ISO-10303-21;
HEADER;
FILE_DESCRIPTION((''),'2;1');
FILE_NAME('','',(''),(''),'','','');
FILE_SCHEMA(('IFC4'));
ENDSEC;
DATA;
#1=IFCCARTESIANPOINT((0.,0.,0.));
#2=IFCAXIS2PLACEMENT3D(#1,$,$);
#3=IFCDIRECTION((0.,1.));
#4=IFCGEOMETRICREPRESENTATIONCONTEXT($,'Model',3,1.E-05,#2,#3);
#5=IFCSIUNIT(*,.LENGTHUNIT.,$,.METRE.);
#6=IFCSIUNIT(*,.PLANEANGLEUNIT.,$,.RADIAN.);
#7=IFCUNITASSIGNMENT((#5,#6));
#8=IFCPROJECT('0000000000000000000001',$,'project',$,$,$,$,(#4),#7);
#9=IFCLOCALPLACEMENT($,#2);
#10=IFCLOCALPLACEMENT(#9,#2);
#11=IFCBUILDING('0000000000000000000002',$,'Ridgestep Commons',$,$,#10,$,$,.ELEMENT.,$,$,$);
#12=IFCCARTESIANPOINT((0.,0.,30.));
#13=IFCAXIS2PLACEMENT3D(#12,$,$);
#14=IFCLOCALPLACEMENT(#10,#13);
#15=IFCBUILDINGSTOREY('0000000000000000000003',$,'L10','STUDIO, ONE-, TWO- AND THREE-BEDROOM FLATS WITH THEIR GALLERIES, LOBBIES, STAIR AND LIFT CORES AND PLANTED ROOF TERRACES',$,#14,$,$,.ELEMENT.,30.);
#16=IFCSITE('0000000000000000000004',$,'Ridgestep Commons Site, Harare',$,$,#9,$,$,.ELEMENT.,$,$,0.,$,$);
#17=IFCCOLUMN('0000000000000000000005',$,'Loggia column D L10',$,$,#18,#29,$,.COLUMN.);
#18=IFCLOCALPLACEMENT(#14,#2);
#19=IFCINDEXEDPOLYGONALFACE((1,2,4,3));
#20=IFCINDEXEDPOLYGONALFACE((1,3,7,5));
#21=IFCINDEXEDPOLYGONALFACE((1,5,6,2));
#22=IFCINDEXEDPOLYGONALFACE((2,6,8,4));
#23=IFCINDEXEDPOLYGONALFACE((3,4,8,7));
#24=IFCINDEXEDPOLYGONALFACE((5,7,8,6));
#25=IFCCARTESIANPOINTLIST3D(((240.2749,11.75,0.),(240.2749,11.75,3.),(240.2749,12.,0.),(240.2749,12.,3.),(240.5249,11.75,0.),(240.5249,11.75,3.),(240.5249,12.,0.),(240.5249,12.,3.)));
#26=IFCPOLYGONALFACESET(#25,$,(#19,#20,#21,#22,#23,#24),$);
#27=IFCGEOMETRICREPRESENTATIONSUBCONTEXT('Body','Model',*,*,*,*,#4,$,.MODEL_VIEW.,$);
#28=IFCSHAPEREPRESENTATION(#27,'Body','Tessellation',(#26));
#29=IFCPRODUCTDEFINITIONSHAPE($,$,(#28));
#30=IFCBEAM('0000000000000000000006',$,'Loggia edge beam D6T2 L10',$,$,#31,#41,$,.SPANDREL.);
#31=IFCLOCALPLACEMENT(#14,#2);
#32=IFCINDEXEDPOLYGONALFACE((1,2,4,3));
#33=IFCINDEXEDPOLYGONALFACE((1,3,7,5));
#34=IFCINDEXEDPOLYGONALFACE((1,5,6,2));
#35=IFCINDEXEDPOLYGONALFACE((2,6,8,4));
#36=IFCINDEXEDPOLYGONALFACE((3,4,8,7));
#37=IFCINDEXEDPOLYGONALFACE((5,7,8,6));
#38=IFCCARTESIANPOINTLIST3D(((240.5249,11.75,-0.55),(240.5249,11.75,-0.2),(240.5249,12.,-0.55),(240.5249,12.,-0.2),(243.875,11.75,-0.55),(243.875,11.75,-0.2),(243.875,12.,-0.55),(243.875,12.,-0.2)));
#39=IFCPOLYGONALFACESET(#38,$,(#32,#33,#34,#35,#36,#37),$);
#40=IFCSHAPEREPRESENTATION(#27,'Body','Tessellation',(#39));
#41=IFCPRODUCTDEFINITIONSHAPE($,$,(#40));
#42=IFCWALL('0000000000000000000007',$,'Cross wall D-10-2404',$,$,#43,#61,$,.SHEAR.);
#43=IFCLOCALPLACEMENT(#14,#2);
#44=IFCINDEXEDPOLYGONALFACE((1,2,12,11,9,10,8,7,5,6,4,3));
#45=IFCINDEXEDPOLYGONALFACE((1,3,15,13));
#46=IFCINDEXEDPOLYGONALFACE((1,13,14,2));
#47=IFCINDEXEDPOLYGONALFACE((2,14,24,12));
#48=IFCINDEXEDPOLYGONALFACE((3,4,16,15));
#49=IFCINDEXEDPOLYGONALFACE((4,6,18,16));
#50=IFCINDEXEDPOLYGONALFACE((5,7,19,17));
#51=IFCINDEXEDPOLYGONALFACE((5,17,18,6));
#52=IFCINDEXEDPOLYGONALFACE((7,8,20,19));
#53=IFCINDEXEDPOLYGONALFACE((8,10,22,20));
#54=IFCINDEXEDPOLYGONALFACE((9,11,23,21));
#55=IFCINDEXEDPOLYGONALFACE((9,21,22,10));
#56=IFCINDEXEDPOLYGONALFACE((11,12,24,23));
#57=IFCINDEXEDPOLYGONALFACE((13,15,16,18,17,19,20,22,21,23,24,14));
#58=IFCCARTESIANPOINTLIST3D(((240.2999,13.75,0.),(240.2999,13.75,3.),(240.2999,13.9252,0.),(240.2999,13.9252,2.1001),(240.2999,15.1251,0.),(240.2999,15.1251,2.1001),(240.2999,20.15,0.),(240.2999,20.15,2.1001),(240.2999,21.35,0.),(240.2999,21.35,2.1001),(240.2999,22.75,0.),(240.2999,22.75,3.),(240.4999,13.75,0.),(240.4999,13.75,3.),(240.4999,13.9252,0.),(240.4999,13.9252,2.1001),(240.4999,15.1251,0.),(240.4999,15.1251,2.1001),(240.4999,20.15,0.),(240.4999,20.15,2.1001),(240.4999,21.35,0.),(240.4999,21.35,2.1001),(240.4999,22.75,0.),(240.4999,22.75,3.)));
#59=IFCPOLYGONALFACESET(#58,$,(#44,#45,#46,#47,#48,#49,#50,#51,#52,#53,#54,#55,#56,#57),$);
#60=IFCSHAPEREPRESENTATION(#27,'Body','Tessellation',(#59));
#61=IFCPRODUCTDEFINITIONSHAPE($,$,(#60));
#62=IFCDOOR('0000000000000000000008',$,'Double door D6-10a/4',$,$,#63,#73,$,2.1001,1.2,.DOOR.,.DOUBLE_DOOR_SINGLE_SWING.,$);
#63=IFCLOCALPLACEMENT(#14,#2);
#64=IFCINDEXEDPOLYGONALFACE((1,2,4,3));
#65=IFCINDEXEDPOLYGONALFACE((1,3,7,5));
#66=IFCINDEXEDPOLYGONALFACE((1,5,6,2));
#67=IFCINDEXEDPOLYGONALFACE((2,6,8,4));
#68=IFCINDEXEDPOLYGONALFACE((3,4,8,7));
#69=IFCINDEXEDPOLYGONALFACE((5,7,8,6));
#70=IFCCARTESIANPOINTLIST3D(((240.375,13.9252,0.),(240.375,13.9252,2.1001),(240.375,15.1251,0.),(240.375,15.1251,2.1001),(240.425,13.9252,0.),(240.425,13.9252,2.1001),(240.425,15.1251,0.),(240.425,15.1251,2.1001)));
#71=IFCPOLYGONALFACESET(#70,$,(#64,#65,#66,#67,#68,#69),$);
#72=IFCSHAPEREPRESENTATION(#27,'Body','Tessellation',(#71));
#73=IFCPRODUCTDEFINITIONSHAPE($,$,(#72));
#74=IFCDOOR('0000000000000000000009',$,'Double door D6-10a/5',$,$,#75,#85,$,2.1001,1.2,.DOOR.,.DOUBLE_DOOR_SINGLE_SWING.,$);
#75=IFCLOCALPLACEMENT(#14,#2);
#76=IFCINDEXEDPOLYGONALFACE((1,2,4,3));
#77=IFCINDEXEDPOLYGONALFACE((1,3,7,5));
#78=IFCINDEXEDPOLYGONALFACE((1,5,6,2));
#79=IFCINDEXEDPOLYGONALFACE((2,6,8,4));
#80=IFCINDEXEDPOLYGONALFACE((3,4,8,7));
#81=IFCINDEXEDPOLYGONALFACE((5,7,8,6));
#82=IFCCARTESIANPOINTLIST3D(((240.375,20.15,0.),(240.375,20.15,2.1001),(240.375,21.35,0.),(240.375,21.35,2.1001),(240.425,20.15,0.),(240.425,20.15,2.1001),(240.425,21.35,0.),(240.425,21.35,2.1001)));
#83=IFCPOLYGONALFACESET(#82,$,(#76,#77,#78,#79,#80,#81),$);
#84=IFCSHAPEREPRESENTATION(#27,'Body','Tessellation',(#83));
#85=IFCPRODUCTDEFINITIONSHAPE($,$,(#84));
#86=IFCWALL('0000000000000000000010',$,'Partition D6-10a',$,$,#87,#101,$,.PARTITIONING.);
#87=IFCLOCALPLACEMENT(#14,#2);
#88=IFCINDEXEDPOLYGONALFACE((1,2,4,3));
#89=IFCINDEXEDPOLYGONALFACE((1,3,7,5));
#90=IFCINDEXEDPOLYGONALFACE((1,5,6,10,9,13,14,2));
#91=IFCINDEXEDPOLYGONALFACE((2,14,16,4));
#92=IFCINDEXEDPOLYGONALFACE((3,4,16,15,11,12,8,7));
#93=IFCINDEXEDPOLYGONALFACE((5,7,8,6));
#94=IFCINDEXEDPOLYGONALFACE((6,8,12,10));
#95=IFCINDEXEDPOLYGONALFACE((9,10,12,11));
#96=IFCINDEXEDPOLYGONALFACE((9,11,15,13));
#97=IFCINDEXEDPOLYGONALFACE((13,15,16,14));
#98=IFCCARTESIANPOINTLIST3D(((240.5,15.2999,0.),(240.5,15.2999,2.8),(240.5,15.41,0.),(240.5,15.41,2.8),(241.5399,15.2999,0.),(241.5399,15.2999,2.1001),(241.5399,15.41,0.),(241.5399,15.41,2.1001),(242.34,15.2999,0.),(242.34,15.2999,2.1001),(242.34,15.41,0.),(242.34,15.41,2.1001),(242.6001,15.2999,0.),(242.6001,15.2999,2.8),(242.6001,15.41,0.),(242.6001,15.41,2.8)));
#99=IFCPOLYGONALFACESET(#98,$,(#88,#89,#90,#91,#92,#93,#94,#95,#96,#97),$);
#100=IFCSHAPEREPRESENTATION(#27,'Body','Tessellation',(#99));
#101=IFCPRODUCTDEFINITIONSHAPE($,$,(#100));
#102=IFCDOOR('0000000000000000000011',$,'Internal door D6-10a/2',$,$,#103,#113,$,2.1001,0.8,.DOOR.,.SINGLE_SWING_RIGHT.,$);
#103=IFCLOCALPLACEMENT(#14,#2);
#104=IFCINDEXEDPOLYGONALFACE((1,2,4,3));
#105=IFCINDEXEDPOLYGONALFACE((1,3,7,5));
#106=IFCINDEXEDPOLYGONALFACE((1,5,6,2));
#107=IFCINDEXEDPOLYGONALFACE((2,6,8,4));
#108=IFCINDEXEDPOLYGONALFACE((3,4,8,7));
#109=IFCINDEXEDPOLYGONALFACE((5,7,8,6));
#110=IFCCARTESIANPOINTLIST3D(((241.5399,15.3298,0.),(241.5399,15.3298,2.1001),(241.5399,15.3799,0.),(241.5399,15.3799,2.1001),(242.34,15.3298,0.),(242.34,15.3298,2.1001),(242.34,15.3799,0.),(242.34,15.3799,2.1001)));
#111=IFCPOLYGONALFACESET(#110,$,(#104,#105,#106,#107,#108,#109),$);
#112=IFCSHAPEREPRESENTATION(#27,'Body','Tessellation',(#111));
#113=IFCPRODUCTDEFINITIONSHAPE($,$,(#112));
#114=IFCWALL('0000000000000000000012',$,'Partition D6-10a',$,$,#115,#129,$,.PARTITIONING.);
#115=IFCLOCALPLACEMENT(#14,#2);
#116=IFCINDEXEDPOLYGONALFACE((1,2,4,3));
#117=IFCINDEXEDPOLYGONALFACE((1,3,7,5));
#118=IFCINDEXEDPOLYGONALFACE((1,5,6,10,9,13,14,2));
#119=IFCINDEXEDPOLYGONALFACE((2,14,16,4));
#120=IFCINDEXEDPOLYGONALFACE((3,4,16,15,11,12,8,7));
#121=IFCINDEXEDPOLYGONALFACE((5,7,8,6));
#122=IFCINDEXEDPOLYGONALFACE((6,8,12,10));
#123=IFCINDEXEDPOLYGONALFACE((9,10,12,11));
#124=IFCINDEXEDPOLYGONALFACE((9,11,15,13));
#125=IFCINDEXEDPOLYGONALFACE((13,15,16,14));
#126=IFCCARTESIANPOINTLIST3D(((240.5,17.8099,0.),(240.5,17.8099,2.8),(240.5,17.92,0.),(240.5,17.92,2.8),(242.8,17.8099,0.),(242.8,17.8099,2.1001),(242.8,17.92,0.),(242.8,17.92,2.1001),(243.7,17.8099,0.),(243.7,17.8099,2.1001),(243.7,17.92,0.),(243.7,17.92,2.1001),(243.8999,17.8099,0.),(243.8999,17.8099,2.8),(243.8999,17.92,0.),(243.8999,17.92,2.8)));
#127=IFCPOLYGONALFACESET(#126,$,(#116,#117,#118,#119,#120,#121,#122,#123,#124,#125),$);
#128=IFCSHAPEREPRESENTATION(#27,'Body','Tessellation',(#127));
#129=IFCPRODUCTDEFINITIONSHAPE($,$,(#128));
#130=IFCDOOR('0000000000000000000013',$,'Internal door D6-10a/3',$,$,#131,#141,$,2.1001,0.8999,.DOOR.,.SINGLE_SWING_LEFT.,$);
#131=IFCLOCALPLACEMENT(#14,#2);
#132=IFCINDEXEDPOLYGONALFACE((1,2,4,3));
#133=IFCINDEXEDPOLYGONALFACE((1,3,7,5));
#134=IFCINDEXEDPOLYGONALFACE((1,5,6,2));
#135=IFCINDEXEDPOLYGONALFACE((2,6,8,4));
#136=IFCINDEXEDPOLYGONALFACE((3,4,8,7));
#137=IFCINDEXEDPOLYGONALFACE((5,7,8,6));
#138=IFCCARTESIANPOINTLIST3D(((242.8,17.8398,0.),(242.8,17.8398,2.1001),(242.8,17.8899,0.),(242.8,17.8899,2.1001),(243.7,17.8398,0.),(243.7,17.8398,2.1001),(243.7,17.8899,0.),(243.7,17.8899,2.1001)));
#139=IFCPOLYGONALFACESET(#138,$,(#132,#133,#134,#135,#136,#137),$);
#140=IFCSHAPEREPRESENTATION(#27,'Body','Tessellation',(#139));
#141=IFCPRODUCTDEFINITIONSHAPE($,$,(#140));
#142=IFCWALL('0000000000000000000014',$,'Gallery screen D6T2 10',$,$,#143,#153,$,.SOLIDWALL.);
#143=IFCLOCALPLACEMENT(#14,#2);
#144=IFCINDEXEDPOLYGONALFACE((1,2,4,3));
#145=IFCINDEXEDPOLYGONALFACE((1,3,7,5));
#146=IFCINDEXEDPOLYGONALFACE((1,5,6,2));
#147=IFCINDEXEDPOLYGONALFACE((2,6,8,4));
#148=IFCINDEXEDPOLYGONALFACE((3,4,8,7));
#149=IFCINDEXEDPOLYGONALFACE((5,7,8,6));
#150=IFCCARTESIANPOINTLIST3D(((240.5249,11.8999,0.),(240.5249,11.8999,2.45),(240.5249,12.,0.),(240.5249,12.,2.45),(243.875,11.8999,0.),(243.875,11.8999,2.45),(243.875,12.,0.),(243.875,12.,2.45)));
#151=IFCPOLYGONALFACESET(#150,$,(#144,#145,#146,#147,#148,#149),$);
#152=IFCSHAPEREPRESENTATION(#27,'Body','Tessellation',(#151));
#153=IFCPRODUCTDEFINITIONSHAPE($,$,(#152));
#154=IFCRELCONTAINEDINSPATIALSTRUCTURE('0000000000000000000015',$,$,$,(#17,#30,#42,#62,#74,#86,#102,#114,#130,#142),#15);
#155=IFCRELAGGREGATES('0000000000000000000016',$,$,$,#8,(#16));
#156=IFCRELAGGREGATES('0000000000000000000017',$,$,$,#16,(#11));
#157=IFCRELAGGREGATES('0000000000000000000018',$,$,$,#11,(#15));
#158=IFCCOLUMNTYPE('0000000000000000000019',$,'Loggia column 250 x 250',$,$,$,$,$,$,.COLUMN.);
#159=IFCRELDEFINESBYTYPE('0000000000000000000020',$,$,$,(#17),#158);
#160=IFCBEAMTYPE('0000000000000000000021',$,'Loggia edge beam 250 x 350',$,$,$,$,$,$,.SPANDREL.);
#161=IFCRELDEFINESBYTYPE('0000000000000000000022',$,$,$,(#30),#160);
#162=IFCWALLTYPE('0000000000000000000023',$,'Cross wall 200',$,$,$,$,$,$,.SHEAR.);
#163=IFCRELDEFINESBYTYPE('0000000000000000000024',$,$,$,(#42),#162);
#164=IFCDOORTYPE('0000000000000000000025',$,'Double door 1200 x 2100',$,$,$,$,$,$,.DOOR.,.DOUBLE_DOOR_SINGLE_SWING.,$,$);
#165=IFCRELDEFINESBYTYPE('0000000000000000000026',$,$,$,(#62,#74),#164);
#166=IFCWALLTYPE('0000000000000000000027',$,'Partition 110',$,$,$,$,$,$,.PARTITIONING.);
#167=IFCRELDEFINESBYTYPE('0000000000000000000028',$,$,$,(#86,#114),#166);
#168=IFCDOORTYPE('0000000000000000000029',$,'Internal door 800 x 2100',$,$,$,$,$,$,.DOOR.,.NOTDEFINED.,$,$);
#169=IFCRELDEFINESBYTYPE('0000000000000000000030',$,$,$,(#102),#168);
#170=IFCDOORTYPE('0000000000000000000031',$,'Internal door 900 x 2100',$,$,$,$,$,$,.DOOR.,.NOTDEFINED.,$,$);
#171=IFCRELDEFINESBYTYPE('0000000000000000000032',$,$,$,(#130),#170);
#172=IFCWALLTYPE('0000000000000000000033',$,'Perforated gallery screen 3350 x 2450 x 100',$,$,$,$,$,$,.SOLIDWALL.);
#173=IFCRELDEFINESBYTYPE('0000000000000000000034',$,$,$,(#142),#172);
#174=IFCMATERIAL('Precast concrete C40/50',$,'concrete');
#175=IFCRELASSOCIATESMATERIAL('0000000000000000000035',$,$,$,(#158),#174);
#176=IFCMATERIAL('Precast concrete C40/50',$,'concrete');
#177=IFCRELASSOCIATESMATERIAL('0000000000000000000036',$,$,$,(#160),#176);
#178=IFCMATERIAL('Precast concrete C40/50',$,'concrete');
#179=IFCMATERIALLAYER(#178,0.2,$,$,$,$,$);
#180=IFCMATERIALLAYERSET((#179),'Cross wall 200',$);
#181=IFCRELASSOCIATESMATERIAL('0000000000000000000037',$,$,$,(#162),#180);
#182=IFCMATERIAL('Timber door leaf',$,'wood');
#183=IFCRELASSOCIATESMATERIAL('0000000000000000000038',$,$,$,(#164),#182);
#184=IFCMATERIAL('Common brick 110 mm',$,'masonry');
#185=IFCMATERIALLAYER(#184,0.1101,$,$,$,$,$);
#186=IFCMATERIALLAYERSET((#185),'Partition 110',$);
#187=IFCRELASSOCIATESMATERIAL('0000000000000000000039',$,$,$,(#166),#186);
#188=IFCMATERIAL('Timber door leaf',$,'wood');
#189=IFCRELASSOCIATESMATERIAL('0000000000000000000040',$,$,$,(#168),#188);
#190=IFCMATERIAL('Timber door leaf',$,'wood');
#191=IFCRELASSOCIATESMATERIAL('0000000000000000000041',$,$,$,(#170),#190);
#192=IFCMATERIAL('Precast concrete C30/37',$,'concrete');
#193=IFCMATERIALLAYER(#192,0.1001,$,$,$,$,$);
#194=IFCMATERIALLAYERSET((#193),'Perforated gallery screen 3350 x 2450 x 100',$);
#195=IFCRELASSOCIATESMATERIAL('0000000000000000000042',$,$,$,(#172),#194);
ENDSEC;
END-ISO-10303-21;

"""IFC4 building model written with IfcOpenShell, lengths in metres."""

from ifc_helpers import new_model, si_unit, direction, frame, frame_2d, origin, origin_2d, place, context, subcontext, project, spatial, rectangle, extrude, material, layer, layer_set, material_profile, profile_set, type_object, element, fill, save


model = new_model("IFC4")

# Units and contexts
model_context = context("Model", 3, precision=1e-05, world=origin(), true_north=direction((0.0, 1.0)))
body_context = subcontext(model_context, "Body", "Model", "MODEL_VIEW")
ifc_project = project(units=[si_unit("LENGTHUNIT", "METRE"), si_unit("PLANEANGLEUNIT", "RADIAN")], contexts=[model_context])

# Site, building, storey
site_placement = place(None, origin())
site = spatial("IfcSite", under=ifc_project, at=site_placement, Name="Ridgestep Commons Site, Harare", CompositionType="ELEMENT", RefElevation=0.0)
building_placement = place(site_placement, origin())
building = spatial("IfcBuilding", under=site, at=building_placement, Name="Ridgestep Commons", CompositionType="ELEMENT")
storey_placement = place(building_placement, frame((0.0, 0.0, 30.0)))
storey = spatial("IfcBuildingStorey", under=building, at=storey_placement, Name="L10", Description="STUDIO, ONE-, TWO- AND THREE-BEDROOM FLATS WITH THEIR GALLERIES, LOBBIES, STAIR AND LIFT CORES AND PLANTED ROOF TERRACES", CompositionType="ELEMENT", Elevation=30.0)

# Column
ifc_material_1 = material(Name="Precast concrete C40/50", Category="concrete")
ifc_material_profile_1 = material_profile(ifc_material_1, rectangle(XDim=0.25, YDim=0.25, at=origin_2d()), Name="PC 250x250")
ifc_profile_set_1 = profile_set([ifc_material_profile_1], Name="Precast concrete C40/50")
column_type = type_object("IfcColumnType", Name="Loggia column 250 x 250", PredefinedType="COLUMN", material=ifc_profile_set_1)
column_placement = place(storey_placement, frame((240.3999, 11.875, 0.0), z_axis=(0.0, 0.0, 1.0), x_axis=(1.0, 0.0, 0.0)))
element("IfcColumn", 1, at=column_placement, inside=storey, type_object=column_type, Name="Loggia column D L10", PredefinedType="COLUMN", context=body_context, shape_type="SweptSolid", body=[
    extrude(rectangle(XDim=0.25, YDim=0.25, at=origin_2d()), origin(), (0.0, 0.0, 1.0), 3.0),
])

# Beam
ifc_material_2 = material(Name="Precast concrete C40/50", Category="concrete")
ifc_material_profile_2 = material_profile(ifc_material_2, rectangle(XDim=0.25, YDim=0.3501, at=origin_2d()), Name="PC 250x350")
ifc_profile_set_2 = profile_set([ifc_material_profile_2], Name="Precast concrete C40/50")
beam_type = type_object("IfcBeamType", Name="Loggia edge beam 250 x 350", PredefinedType="SPANDREL", material=ifc_profile_set_2)
beam_placement = place(storey_placement, frame((240.5249, 11.875, -0.375), z_axis=(1.0, 0.0, 0.0), x_axis=(0.0, 1.0, 0.0)))
element("IfcBeam", 2, at=beam_placement, inside=storey, type_object=beam_type, Name="Loggia edge beam D6T2 L10", PredefinedType="SPANDREL", context=body_context, shape_type="SweptSolid", body=[
    extrude(rectangle(XDim=0.25, YDim=0.3501, at=origin_2d()), origin(), (0.0, 0.0, 1.0), 3.3501),
])

# Wall, openings, doors
ifc_material_3 = material(Name="Precast concrete C40/50", Category="concrete")
ifc_layer_1 = layer(ifc_material_3, 0.2)
ifc_layer_set_1 = layer_set([ifc_layer_1], Name="Cross wall 200")
wall_type_1 = type_object("IfcWallType", Name="Cross wall 200", PredefinedType="SHEAR", material=ifc_layer_set_1)
wall_1_placement = place(storey_placement, frame((240.3999, 13.75, 0.0), z_axis=(0.0, 0.0, 1.0), x_axis=(0.0, 1.0, 0.0)))
wall_1 = element("IfcWall", 3, at=wall_1_placement, inside=storey, type_object=wall_type_1, Name="Cross wall D-10-2404", PredefinedType="SHEAR", context=body_context, shape_type="SweptSolid", body=[
    extrude(rectangle(XDim=9.0, YDim=0.2, at=frame_2d((4.5, 0.0))), origin(), (0.0, 0.0, 1.0), 3.0),
])
opening_1_placement = place(wall_1_placement, frame((0.175, 0.0, 0.0)))
opening_1 = element("IfcOpeningElement", 4, at=opening_1_placement, cuts=wall_1, PredefinedType="OPENING", context=body_context, shape_type="SweptSolid", body=[
    extrude(rectangle(XDim=1.2, YDim=2.1001, at=frame_2d((0.6001, 1.05))), frame((0.0, 0.1099, 0.0), z_axis=(0.0, -1.0, 0.0), x_axis=(1.0, 0.0, 0.0)), (0.0, 0.0, 1.0), 0.22),
])
opening_2_placement = place(wall_1_placement, frame((6.3999, 0.0, 0.0)))
opening_2 = element("IfcOpeningElement", 5, at=opening_2_placement, cuts=wall_1, PredefinedType="OPENING", context=body_context, shape_type="SweptSolid", body=[
    extrude(rectangle(XDim=1.2, YDim=2.1001, at=frame_2d((0.6001, 1.05))), frame((0.0, 0.1099, 0.0), z_axis=(0.0, -1.0, 0.0), x_axis=(1.0, 0.0, 0.0)), (0.0, 0.0, 1.0), 0.22),
])
ifc_material_4 = material(Name="Timber door leaf", Category="wood")
door_type_1 = type_object("IfcDoorType", Name="Double door 1200 x 2100", OperationType="DOUBLE_DOOR_SINGLE_SWING", PredefinedType="DOOR", material=ifc_material_4)
door_1_placement = place(opening_1_placement, origin())
door_1 = element("IfcDoor", 6, at=door_1_placement, inside=storey, type_object=door_type_1, Name="Double door D6-10a/4", OperationType="DOUBLE_DOOR_SINGLE_SWING", OverallHeight=2.1001, OverallWidth=1.2, PredefinedType="DOOR", context=body_context, shape_type="SweptSolid", body=[
    extrude(rectangle(XDim=1.2, YDim=2.1001, at=frame_2d((0.6001, 1.05))), frame((0.0, 0.0249, 0.0), z_axis=(0.0, -1.0, 0.0), x_axis=(1.0, 0.0, 0.0)), (0.0, 0.0, 1.0), 0.05),
])
fill(opening_1, door_1)
door_2_placement = place(opening_2_placement, origin())
door_2 = element("IfcDoor", 7, at=door_2_placement, inside=storey, type_object=door_type_1, Name="Double door D6-10a/5", OperationType="DOUBLE_DOOR_SINGLE_SWING", OverallHeight=2.1001, OverallWidth=1.2, PredefinedType="DOOR", context=body_context, shape_type="SweptSolid", body=[
    extrude(rectangle(XDim=1.2, YDim=2.1001, at=frame_2d((0.6001, 1.05))), frame((0.0, 0.0249, 0.0), z_axis=(0.0, -1.0, 0.0), x_axis=(1.0, 0.0, 0.0)), (0.0, 0.0, 1.0), 0.05),
])
fill(opening_2, door_2)

# Walls, openings, doors
ifc_material_5 = material(Name="Common brick 110 mm", Category="masonry")
ifc_layer_2 = layer(ifc_material_5, 0.1101)
ifc_layer_set_2 = layer_set([ifc_layer_2], Name="Partition 110")
wall_type_2 = type_object("IfcWallType", Name="Partition 110", PredefinedType="PARTITIONING", material=ifc_layer_set_2)
wall_2_placement = place(storey_placement, frame((240.5, 15.355, 0.0), z_axis=(0.0, 0.0, 1.0), x_axis=(1.0, 0.0, 0.0)))
wall_2 = element("IfcWall", 8, at=wall_2_placement, inside=storey, type_object=wall_type_2, Name="Partition D6-10a", PredefinedType="PARTITIONING", context=body_context, shape_type="SweptSolid", body=[
    extrude(rectangle(XDim=2.1001, YDim=0.1101, at=frame_2d((1.05, 0.0))), origin(), (0.0, 0.0, 1.0), 2.8),
])
opening_3_placement = place(wall_2_placement, frame((1.04, 0.0, 0.0)))
opening_3 = element("IfcOpeningElement", 9, at=opening_3_placement, cuts=wall_2, PredefinedType="OPENING", context=body_context, shape_type="SweptSolid", body=[
    extrude(rectangle(XDim=0.8, YDim=2.1001, at=frame_2d((0.3999, 1.05))), frame((0.0, 0.0649, 0.0), z_axis=(0.0, -1.0, 0.0), x_axis=(1.0, 0.0, 0.0)), (0.0, 0.0, 1.0), 0.1301),
])
ifc_material_6 = material(Name="Timber door leaf", Category="wood")
door_type_2 = type_object("IfcDoorType", Name="Internal door 800 x 2100", OperationType="NOTDEFINED", PredefinedType="DOOR", material=ifc_material_6)
door_3_placement = place(opening_3_placement, origin())
door_3 = element("IfcDoor", 10, at=door_3_placement, inside=storey, type_object=door_type_2, Name="Internal door D6-10a/2", OperationType="SINGLE_SWING_RIGHT", OverallHeight=2.1001, OverallWidth=0.8, PredefinedType="DOOR", context=body_context, shape_type="SweptSolid", body=[
    extrude(rectangle(XDim=0.8, YDim=2.1001, at=frame_2d((0.3999, 1.05))), frame((0.0, 0.0249, 0.0), z_axis=(0.0, -1.0, 0.0), x_axis=(1.0, 0.0, 0.0)), (0.0, 0.0, 1.0), 0.05),
])
fill(opening_3, door_3)
wall_3_placement = place(storey_placement, frame((240.5, 17.865, 0.0), z_axis=(0.0, 0.0, 1.0), x_axis=(1.0, 0.0, 0.0)))
wall_3 = element("IfcWall", 11, at=wall_3_placement, inside=storey, type_object=wall_type_2, Name="Partition D6-10a", PredefinedType="PARTITIONING", context=body_context, shape_type="SweptSolid", body=[
    extrude(rectangle(XDim=3.3999, YDim=0.1101, at=frame_2d((1.7, 0.0))), origin(), (0.0, 0.0, 1.0), 2.8),
])
opening_4_placement = place(wall_3_placement, frame((2.3, 0.0, 0.0)))
opening_4 = element("IfcOpeningElement", 12, at=opening_4_placement, cuts=wall_3, PredefinedType="OPENING", context=body_context, shape_type="SweptSolid", body=[
    extrude(rectangle(XDim=0.8999, YDim=2.1001, at=frame_2d((0.45, 1.05))), frame((0.0, 0.0649, 0.0), z_axis=(0.0, -1.0, 0.0), x_axis=(1.0, 0.0, 0.0)), (0.0, 0.0, 1.0), 0.1301),
])
ifc_material_7 = material(Name="Timber door leaf", Category="wood")
door_type_3 = type_object("IfcDoorType", Name="Internal door 900 x 2100", OperationType="NOTDEFINED", PredefinedType="DOOR", material=ifc_material_7)
door_4_placement = place(opening_4_placement, origin())
door_4 = element("IfcDoor", 13, at=door_4_placement, inside=storey, type_object=door_type_3, Name="Internal door D6-10a/3", OperationType="SINGLE_SWING_LEFT", OverallHeight=2.1001, OverallWidth=0.8999, PredefinedType="DOOR", context=body_context, shape_type="SweptSolid", body=[
    extrude(rectangle(XDim=0.8999, YDim=2.1001, at=frame_2d((0.45, 1.05))), frame((0.0, 0.0249, 0.0), z_axis=(0.0, -1.0, 0.0), x_axis=(1.0, 0.0, 0.0)), (0.0, 0.0, 1.0), 0.05),
])
fill(opening_4, door_4)

# Wall
ifc_material_8 = material(Name="Precast concrete C30/37", Category="concrete")
ifc_layer_3 = layer(ifc_material_8, 0.1001)
ifc_layer_set_3 = layer_set([ifc_layer_3], Name="Perforated gallery screen 3350 x 2450 x 100")
wall_type_3 = type_object("IfcWallType", Name="Perforated gallery screen 3350 x 2450 x 100", PredefinedType="SOLIDWALL", material=ifc_layer_set_3)
wall_4_placement = place(storey_placement, frame((240.5249, 11.95, 0.0), z_axis=(0.0, 0.0, 1.0), x_axis=(1.0, 0.0, 0.0)))
element("IfcWall", 14, at=wall_4_placement, inside=storey, type_object=wall_type_3, Name="Gallery screen D6T2 10", PredefinedType="SOLIDWALL", context=body_context, shape_type="SweptSolid", body=[
    extrude(rectangle(XDim=3.3501, YDim=0.1001, at=frame_2d((1.675, 0.0))), origin(), (0.0, 0.0, 1.0), 2.45),
])

save(model, "model.ifc")
